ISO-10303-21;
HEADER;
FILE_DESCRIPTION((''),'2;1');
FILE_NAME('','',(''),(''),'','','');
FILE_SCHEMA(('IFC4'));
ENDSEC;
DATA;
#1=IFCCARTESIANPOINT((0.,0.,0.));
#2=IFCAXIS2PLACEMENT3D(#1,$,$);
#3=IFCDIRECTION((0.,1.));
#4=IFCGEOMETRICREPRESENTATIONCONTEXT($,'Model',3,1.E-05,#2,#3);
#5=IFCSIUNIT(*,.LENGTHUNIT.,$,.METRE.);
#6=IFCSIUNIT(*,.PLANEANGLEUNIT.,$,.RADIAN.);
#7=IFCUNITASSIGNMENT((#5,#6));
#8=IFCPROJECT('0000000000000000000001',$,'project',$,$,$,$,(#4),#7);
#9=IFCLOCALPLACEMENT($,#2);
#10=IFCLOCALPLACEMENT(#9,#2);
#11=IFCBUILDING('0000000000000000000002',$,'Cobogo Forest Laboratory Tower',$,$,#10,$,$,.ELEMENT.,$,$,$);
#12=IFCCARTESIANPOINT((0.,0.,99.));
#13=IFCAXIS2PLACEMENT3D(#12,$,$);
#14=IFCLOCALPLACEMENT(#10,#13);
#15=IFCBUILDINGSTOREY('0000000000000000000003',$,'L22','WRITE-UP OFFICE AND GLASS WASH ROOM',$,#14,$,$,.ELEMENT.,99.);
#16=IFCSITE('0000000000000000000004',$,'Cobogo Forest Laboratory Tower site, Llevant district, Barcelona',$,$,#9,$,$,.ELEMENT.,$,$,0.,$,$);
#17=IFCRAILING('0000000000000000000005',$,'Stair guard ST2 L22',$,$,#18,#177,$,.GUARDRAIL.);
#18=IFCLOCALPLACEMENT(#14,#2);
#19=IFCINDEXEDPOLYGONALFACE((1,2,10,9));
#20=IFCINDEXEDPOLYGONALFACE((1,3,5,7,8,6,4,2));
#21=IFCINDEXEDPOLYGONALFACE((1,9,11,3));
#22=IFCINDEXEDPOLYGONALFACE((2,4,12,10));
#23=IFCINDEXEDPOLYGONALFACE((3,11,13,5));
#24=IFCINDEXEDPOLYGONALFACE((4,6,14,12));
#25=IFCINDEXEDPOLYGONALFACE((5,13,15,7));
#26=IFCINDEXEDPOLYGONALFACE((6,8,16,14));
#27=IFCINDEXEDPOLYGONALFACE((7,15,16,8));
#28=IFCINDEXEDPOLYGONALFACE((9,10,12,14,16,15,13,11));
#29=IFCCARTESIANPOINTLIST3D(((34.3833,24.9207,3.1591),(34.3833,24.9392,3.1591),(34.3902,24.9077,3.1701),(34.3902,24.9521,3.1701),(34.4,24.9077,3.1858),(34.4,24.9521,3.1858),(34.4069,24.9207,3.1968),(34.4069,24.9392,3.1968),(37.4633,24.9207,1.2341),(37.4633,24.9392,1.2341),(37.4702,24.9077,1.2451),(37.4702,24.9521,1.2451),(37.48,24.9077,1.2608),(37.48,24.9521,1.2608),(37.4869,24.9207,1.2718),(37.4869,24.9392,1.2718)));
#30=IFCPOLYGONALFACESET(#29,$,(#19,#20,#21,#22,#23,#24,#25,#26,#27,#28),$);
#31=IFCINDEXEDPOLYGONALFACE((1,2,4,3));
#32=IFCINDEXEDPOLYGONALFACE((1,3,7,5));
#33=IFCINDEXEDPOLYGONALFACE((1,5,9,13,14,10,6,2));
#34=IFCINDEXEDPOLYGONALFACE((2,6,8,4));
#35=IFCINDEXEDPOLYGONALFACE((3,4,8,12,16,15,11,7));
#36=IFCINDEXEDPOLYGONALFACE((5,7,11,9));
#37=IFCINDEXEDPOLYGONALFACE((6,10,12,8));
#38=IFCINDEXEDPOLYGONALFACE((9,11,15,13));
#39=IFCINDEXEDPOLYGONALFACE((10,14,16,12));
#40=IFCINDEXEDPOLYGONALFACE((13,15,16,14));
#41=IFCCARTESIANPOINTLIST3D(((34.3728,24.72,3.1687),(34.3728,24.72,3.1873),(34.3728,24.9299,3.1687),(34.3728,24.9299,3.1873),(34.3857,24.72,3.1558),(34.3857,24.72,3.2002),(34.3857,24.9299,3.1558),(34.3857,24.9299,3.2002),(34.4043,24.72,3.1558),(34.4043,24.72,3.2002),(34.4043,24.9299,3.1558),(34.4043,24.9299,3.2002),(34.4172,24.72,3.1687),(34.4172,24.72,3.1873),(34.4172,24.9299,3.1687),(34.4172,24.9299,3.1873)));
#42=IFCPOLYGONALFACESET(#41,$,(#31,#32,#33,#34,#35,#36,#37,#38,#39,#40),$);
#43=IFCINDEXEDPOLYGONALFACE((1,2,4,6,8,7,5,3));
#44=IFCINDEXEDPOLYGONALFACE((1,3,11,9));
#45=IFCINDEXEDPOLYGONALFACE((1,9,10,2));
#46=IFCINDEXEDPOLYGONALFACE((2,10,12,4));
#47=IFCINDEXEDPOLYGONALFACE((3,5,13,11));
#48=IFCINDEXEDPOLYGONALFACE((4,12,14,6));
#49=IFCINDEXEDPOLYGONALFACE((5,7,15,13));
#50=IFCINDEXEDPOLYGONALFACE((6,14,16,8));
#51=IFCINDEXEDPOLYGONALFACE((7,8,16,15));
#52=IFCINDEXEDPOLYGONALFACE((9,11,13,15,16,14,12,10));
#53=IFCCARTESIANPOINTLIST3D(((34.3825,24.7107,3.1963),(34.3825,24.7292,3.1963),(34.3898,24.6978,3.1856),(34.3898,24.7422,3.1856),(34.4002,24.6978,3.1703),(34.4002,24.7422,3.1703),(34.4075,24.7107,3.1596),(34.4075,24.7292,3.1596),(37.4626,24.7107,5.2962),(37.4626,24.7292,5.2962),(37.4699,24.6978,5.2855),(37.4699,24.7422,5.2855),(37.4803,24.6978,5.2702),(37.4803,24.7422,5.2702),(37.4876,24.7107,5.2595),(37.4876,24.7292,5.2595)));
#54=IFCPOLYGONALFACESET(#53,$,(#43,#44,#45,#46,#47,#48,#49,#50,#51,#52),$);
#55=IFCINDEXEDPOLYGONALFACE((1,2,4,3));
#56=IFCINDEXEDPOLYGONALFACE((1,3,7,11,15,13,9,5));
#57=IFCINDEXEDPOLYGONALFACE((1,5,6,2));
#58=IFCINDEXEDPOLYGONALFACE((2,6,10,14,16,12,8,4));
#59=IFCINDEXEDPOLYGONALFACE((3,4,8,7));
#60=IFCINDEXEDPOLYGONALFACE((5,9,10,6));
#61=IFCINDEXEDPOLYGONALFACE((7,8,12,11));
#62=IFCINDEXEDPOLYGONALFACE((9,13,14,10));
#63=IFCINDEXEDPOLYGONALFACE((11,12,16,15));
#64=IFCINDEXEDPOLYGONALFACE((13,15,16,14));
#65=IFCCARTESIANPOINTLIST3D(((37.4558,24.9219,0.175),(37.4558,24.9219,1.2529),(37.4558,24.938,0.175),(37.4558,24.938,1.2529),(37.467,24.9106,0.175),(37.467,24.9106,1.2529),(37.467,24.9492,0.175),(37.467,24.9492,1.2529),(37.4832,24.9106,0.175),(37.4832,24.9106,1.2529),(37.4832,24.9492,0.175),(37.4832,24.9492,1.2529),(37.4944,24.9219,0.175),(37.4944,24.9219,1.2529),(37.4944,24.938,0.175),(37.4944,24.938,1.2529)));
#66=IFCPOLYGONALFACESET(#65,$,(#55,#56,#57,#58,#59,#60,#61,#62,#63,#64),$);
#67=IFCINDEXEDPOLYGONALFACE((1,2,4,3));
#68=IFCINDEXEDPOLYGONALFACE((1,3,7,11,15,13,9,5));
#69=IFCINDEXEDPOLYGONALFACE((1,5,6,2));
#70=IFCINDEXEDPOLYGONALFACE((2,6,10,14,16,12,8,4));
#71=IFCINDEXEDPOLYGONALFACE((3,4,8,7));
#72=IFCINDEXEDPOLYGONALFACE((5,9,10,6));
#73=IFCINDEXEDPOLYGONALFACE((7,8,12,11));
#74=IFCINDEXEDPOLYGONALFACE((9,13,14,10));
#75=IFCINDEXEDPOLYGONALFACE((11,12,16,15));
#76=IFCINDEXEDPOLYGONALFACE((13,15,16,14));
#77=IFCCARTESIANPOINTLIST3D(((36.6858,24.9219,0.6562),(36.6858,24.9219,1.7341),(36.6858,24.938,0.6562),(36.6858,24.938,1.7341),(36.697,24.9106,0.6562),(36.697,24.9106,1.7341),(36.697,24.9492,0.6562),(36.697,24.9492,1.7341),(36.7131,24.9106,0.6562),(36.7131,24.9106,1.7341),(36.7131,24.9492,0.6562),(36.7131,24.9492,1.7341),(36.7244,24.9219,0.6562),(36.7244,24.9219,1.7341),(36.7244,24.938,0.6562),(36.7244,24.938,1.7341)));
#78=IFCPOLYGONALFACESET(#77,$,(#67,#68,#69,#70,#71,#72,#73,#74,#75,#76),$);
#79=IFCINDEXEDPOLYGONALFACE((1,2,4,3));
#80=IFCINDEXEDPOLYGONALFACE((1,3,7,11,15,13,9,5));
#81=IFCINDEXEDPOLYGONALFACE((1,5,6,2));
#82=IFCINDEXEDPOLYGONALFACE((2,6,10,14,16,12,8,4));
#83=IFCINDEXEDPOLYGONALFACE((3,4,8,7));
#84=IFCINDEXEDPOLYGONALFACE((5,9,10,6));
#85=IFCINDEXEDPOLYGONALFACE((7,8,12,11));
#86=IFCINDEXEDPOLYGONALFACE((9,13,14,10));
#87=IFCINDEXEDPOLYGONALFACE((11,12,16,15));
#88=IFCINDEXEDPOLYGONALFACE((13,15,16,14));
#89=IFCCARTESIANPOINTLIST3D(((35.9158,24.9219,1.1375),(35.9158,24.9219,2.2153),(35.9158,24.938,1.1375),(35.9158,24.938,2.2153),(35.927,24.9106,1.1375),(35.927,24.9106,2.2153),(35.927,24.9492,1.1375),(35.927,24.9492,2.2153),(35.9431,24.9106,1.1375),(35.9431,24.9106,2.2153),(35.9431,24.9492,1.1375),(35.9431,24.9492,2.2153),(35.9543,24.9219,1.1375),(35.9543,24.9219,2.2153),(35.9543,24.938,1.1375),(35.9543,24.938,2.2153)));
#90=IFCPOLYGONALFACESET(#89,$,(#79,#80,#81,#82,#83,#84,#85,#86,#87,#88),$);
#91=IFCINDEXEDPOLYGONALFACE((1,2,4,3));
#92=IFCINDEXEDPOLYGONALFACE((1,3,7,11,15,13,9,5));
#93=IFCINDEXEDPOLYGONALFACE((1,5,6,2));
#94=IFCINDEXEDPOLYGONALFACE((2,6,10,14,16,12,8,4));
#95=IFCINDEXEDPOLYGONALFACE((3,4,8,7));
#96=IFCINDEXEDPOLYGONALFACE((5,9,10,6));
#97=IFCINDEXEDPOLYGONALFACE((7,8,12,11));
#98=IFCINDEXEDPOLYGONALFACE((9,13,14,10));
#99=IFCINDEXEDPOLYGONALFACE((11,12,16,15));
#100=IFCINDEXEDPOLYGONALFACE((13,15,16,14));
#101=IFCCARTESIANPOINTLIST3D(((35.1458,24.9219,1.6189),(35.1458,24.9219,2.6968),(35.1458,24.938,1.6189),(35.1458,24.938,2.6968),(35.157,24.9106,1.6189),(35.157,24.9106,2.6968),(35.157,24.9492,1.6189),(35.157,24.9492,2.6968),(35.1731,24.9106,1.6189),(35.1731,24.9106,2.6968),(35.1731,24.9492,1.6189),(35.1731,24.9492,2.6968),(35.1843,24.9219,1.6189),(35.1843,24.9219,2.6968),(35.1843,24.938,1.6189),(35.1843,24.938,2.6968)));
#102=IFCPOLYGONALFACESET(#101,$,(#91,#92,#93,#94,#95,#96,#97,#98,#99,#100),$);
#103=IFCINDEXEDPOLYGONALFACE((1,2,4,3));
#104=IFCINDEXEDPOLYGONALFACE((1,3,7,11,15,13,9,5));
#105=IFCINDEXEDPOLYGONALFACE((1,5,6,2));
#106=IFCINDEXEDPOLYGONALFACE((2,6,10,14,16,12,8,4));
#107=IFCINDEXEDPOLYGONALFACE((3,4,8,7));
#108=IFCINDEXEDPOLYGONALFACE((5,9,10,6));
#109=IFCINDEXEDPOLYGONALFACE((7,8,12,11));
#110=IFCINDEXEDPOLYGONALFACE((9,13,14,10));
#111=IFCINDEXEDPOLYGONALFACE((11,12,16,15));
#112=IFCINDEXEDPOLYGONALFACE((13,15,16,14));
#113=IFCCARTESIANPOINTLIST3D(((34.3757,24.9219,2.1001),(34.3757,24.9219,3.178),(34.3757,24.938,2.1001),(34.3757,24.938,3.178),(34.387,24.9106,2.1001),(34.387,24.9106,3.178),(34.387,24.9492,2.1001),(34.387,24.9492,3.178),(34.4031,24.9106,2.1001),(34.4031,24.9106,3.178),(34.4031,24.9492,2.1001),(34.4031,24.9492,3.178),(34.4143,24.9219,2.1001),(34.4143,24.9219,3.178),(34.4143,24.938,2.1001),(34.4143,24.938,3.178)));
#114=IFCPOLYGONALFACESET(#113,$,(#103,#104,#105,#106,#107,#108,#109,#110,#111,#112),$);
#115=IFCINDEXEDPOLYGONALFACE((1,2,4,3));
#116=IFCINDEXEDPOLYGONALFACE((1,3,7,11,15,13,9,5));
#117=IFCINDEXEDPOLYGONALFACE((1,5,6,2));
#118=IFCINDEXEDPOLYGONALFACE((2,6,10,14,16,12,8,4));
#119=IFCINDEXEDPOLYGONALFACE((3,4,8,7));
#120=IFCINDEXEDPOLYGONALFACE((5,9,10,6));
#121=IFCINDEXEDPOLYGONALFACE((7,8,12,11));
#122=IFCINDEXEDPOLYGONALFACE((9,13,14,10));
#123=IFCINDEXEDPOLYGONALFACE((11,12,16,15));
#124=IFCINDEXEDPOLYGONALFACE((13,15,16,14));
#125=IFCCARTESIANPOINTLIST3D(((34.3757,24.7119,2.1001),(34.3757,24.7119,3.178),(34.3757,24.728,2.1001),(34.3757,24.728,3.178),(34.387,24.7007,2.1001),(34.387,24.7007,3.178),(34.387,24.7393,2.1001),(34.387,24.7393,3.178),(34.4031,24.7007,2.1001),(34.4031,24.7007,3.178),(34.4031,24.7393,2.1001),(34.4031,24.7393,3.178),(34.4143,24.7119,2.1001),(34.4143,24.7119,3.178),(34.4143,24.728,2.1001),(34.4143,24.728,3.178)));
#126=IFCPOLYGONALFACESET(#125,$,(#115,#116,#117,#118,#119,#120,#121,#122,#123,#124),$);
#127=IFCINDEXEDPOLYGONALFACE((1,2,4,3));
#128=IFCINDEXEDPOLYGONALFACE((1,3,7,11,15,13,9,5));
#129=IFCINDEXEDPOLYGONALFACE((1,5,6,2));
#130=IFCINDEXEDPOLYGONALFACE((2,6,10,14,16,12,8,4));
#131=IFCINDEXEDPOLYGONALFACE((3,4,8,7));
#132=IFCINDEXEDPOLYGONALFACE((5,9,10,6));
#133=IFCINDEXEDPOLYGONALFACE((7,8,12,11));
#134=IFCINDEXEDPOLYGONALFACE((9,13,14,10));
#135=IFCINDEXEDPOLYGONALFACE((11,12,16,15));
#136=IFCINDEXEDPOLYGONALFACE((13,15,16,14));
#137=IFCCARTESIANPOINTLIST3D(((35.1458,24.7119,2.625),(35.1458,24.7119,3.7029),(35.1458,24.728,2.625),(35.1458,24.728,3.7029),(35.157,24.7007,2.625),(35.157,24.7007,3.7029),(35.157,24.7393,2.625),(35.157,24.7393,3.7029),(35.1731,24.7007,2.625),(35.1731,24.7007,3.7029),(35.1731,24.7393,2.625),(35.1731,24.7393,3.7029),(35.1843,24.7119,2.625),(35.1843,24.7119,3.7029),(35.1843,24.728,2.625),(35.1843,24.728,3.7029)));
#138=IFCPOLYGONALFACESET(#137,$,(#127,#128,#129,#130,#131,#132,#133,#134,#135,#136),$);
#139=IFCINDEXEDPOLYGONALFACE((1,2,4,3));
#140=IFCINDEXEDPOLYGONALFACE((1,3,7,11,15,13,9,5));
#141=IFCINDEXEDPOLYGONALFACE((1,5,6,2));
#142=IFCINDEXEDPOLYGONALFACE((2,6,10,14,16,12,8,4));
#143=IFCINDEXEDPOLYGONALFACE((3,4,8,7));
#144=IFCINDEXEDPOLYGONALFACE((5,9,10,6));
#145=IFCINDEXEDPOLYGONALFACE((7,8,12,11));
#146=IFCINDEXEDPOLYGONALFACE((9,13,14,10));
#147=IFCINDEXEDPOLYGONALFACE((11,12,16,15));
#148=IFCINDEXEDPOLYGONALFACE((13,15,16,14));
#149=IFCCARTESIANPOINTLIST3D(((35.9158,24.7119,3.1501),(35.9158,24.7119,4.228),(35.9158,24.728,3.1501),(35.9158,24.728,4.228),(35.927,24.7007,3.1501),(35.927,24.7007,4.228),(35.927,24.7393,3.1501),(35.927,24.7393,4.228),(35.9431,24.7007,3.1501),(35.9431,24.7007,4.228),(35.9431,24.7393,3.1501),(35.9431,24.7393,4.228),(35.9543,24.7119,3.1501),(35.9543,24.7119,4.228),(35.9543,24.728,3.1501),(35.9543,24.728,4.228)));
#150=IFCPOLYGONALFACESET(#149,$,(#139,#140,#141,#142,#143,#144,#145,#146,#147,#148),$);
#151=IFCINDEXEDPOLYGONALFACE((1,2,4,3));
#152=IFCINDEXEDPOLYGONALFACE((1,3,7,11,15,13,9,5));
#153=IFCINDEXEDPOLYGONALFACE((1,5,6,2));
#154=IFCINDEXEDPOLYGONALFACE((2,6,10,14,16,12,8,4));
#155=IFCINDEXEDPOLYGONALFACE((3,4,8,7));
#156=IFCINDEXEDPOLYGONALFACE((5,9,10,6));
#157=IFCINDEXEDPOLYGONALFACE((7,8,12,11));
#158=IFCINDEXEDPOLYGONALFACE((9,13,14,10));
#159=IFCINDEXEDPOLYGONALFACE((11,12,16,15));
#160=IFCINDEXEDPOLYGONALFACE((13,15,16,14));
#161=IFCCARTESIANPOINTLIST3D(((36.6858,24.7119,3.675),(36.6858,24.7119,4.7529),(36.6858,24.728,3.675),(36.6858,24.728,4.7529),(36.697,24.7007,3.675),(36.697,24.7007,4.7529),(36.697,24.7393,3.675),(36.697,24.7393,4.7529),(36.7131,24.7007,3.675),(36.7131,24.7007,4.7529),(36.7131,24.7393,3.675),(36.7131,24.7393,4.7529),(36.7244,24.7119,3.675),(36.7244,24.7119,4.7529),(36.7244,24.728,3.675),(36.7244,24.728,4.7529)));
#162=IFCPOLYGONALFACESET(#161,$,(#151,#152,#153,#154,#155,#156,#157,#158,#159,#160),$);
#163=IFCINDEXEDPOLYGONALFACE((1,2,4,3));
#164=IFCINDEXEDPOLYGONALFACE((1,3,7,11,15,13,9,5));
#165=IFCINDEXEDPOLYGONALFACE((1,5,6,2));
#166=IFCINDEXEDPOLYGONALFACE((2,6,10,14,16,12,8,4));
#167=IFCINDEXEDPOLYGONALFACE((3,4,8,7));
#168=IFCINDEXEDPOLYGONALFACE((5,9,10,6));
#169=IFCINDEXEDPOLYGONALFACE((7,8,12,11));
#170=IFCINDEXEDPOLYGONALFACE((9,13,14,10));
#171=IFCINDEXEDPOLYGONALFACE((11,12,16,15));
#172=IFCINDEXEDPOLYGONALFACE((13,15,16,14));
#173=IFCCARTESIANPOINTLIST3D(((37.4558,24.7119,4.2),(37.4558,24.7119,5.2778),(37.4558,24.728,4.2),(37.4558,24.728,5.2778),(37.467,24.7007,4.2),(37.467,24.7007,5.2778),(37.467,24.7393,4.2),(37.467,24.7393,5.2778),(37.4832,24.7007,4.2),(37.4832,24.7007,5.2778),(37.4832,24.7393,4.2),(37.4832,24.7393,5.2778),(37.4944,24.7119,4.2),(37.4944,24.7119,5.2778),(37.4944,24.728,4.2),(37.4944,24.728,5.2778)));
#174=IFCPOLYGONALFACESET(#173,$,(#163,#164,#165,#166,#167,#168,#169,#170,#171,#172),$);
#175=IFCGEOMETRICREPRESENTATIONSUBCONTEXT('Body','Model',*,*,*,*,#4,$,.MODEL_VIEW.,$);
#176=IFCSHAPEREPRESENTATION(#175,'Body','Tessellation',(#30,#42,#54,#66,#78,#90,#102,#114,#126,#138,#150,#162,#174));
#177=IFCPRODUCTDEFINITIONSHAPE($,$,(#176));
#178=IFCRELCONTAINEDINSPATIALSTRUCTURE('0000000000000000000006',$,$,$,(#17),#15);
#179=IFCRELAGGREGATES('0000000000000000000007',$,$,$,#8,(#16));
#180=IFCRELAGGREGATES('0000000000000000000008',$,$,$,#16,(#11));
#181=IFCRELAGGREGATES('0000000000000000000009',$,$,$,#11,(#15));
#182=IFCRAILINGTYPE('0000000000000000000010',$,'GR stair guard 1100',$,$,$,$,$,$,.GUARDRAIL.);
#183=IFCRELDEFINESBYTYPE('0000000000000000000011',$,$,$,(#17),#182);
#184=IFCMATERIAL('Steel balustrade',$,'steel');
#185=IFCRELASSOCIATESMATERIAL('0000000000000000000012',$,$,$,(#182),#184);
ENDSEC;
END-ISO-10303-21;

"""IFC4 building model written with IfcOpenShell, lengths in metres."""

from ifc_helpers import new_model, si_unit, direction, frame, origin, place, context, subcontext, project, spatial, polyline, outline, extrude, material, type_object, element, save


model = new_model("IFC4")

# Units and contexts
model_context = context("Model", 3, precision=1e-05, world=origin(), true_north=direction((0.0, 1.0)))
body_context = subcontext(model_context, "Body", "Model", "MODEL_VIEW")
ifc_project = project(units=[si_unit("LENGTHUNIT", "METRE"), si_unit("PLANEANGLEUNIT", "RADIAN")], contexts=[model_context])

# Site, building, storey
site_placement = place(None, origin())
site = spatial("IfcSite", under=ifc_project, at=site_placement, Name="Cobogo Forest Laboratory Tower site, Llevant district, Barcelona", CompositionType="ELEMENT", RefElevation=0.0)
building_placement = place(site_placement, origin())
building = spatial("IfcBuilding", under=site, at=building_placement, Name="Cobogo Forest Laboratory Tower", CompositionType="ELEMENT")
storey_placement = place(building_placement, frame((0.0, 0.0, 99.0)))
storey = spatial("IfcBuildingStorey", under=building, at=storey_placement, Name="L22", Description="WRITE-UP OFFICE AND GLASS WASH ROOM", CompositionType="ELEMENT", Elevation=99.0)

# Railing
ifc_material_1 = material(Name="Steel balustrade", Category="steel")
railing_type_1 = type_object("IfcRailingType", Name="GR stair guard 1100", PredefinedType="GUARDRAIL", material=ifc_material_1)
railing_1_placement = place(storey_placement, frame((37.4751, 24.9299, 0.175)))
element("IfcRailing", 1, at=railing_1_placement, inside=storey, type_object=railing_type_1, Name="Stair guard ST2 L22", PredefinedType="GUARDRAIL", context=body_context, shape_type="SweptSolid", body=[
    extrude(outline(polyline([(0.0222, 0.0093), (0.0093, 0.0222), (-0.0093, 0.0222), (-0.0222, 0.0093), (-0.0222, -0.0093), (-0.0093, -0.0222), (0.0093, -0.0222), (0.0222, -0.0093), (0.0222, 0.0093)])), frame((0.0, 0.0, 1.0779), z_axis=(-0.847998, 0.0, 0.529999), x_axis=(0.0, -1.0, 0.0)), (0.0, 0.0, 1.0), 3.6321),
    extrude(outline(polyline([(0.0222, 0.0093), (0.0093, 0.0222), (-0.0093, 0.0222), (-0.0222, 0.0093), (-0.0222, -0.0093), (-0.0093, -0.0222), (0.0093, -0.0222), (0.0222, -0.0093), (0.0222, 0.0093)])), frame((-3.0801, 0.0, 3.0029), z_axis=(0.0, -1.0, 0.0), x_axis=(1.0, 0.0, 0.0)), (0.0, 0.0, 1.0), 0.21),
    extrude(outline(polyline([(0.0222, 0.0093), (0.0093, 0.0222), (-0.0093, 0.0222), (-0.0222, 0.0093), (-0.0222, -0.0093), (-0.0093, -0.0222), (0.0093, -0.0222), (0.0222, -0.0093), (0.0222, 0.0093)])), frame((-3.0801, -0.21, 3.0029), z_axis=(0.826252, 0.0, 0.5633), x_axis=(0.0, 1.0, 0.0)), (0.0, 0.0, 1.0), 3.7278),
    extrude(outline(polyline([(0.0193, 0.0081), (0.0081, 0.0193), (-0.0081, 0.0193), (-0.0193, 0.0081), (-0.0193, -0.0081), (-0.0081, -0.0193), (0.0081, -0.0193), (0.0193, -0.0081), (0.0193, 0.0081)])), origin(), (0.0, 0.0, 1.0), 1.0779),
    extrude(outline(polyline([(0.0193, 0.0081), (0.0081, 0.0193), (-0.0081, 0.0193), (-0.0193, 0.0081), (-0.0193, -0.0081), (-0.0081, -0.0193), (0.0081, -0.0193), (0.0193, -0.0081), (0.0193, 0.0081)])), frame((-0.77, 0.0, 0.4812)), (0.0, 0.0, 1.0), 1.0779),
    extrude(outline(polyline([(0.0193, 0.0081), (0.0081, 0.0193), (-0.0081, 0.0193), (-0.0193, 0.0081), (-0.0193, -0.0081), (-0.0081, -0.0193), (0.0081, -0.0193), (0.0193, -0.0081), (0.0193, 0.0081)])), frame((-1.54, 0.0, 0.9624)), (0.0, 0.0, 1.0), 1.0779),
    extrude(outline(polyline([(0.0193, 0.0081), (0.0081, 0.0193), (-0.0081, 0.0193), (-0.0193, 0.0081), (-0.0193, -0.0081), (-0.0081, -0.0193), (0.0081, -0.0193), (0.0193, -0.0081), (0.0193, 0.0081)])), frame((-2.3101, 0.0, 1.4438)), (0.0, 0.0, 1.0), 1.0779),
    extrude(outline(polyline([(0.0193, 0.0081), (0.0081, 0.0193), (-0.0081, 0.0193), (-0.0193, 0.0081), (-0.0193, -0.0081), (-0.0081, -0.0193), (0.0081, -0.0193), (0.0193, -0.0081), (0.0193, 0.0081)])), frame((-3.0801, 0.0, 1.925)), (0.0, 0.0, 1.0), 1.0779),
    extrude(outline(polyline([(0.0193, 0.0081), (0.0081, 0.0193), (-0.0081, 0.0193), (-0.0193, 0.0081), (-0.0193, -0.0081), (-0.0081, -0.0193), (0.0081, -0.0193), (0.0193, -0.0081), (0.0193, 0.0081)])), frame((-3.0801, -0.21, 1.925)), (0.0, 0.0, 1.0), 1.0779),
    extrude(outline(polyline([(0.0193, 0.0081), (0.0081, 0.0193), (-0.0081, 0.0193), (-0.0193, 0.0081), (-0.0193, -0.0081), (-0.0081, -0.0193), (0.0081, -0.0193), (0.0193, -0.0081), (0.0193, 0.0081)])), frame((-2.3101, -0.21, 2.45)), (0.0, 0.0, 1.0), 1.0779),
    extrude(outline(polyline([(0.0193, 0.0081), (0.0081, 0.0193), (-0.0081, 0.0193), (-0.0193, 0.0081), (-0.0193, -0.0081), (-0.0081, -0.0193), (0.0081, -0.0193), (0.0193, -0.0081), (0.0193, 0.0081)])), frame((-1.54, -0.21, 2.9751)), (0.0, 0.0, 1.0), 1.0779),
    extrude(outline(polyline([(0.0193, 0.0081), (0.0081, 0.0193), (-0.0081, 0.0193), (-0.0193, 0.0081), (-0.0193, -0.0081), (-0.0081, -0.0193), (0.0081, -0.0193), (0.0193, -0.0081), (0.0193, 0.0081)])), frame((-0.77, -0.21, 3.5)), (0.0, 0.0, 1.0), 1.0779),
    extrude(outline(polyline([(0.0193, 0.0081), (0.0081, 0.0193), (-0.0081, 0.0193), (-0.0193, 0.0081), (-0.0193, -0.0081), (-0.0081, -0.0193), (0.0081, -0.0193), (0.0193, -0.0081), (0.0193, 0.0081)])), frame((0.0, -0.21, 4.0249)), (0.0, 0.0, 1.0), 1.0779),
])

save(model, "model.ifc")
